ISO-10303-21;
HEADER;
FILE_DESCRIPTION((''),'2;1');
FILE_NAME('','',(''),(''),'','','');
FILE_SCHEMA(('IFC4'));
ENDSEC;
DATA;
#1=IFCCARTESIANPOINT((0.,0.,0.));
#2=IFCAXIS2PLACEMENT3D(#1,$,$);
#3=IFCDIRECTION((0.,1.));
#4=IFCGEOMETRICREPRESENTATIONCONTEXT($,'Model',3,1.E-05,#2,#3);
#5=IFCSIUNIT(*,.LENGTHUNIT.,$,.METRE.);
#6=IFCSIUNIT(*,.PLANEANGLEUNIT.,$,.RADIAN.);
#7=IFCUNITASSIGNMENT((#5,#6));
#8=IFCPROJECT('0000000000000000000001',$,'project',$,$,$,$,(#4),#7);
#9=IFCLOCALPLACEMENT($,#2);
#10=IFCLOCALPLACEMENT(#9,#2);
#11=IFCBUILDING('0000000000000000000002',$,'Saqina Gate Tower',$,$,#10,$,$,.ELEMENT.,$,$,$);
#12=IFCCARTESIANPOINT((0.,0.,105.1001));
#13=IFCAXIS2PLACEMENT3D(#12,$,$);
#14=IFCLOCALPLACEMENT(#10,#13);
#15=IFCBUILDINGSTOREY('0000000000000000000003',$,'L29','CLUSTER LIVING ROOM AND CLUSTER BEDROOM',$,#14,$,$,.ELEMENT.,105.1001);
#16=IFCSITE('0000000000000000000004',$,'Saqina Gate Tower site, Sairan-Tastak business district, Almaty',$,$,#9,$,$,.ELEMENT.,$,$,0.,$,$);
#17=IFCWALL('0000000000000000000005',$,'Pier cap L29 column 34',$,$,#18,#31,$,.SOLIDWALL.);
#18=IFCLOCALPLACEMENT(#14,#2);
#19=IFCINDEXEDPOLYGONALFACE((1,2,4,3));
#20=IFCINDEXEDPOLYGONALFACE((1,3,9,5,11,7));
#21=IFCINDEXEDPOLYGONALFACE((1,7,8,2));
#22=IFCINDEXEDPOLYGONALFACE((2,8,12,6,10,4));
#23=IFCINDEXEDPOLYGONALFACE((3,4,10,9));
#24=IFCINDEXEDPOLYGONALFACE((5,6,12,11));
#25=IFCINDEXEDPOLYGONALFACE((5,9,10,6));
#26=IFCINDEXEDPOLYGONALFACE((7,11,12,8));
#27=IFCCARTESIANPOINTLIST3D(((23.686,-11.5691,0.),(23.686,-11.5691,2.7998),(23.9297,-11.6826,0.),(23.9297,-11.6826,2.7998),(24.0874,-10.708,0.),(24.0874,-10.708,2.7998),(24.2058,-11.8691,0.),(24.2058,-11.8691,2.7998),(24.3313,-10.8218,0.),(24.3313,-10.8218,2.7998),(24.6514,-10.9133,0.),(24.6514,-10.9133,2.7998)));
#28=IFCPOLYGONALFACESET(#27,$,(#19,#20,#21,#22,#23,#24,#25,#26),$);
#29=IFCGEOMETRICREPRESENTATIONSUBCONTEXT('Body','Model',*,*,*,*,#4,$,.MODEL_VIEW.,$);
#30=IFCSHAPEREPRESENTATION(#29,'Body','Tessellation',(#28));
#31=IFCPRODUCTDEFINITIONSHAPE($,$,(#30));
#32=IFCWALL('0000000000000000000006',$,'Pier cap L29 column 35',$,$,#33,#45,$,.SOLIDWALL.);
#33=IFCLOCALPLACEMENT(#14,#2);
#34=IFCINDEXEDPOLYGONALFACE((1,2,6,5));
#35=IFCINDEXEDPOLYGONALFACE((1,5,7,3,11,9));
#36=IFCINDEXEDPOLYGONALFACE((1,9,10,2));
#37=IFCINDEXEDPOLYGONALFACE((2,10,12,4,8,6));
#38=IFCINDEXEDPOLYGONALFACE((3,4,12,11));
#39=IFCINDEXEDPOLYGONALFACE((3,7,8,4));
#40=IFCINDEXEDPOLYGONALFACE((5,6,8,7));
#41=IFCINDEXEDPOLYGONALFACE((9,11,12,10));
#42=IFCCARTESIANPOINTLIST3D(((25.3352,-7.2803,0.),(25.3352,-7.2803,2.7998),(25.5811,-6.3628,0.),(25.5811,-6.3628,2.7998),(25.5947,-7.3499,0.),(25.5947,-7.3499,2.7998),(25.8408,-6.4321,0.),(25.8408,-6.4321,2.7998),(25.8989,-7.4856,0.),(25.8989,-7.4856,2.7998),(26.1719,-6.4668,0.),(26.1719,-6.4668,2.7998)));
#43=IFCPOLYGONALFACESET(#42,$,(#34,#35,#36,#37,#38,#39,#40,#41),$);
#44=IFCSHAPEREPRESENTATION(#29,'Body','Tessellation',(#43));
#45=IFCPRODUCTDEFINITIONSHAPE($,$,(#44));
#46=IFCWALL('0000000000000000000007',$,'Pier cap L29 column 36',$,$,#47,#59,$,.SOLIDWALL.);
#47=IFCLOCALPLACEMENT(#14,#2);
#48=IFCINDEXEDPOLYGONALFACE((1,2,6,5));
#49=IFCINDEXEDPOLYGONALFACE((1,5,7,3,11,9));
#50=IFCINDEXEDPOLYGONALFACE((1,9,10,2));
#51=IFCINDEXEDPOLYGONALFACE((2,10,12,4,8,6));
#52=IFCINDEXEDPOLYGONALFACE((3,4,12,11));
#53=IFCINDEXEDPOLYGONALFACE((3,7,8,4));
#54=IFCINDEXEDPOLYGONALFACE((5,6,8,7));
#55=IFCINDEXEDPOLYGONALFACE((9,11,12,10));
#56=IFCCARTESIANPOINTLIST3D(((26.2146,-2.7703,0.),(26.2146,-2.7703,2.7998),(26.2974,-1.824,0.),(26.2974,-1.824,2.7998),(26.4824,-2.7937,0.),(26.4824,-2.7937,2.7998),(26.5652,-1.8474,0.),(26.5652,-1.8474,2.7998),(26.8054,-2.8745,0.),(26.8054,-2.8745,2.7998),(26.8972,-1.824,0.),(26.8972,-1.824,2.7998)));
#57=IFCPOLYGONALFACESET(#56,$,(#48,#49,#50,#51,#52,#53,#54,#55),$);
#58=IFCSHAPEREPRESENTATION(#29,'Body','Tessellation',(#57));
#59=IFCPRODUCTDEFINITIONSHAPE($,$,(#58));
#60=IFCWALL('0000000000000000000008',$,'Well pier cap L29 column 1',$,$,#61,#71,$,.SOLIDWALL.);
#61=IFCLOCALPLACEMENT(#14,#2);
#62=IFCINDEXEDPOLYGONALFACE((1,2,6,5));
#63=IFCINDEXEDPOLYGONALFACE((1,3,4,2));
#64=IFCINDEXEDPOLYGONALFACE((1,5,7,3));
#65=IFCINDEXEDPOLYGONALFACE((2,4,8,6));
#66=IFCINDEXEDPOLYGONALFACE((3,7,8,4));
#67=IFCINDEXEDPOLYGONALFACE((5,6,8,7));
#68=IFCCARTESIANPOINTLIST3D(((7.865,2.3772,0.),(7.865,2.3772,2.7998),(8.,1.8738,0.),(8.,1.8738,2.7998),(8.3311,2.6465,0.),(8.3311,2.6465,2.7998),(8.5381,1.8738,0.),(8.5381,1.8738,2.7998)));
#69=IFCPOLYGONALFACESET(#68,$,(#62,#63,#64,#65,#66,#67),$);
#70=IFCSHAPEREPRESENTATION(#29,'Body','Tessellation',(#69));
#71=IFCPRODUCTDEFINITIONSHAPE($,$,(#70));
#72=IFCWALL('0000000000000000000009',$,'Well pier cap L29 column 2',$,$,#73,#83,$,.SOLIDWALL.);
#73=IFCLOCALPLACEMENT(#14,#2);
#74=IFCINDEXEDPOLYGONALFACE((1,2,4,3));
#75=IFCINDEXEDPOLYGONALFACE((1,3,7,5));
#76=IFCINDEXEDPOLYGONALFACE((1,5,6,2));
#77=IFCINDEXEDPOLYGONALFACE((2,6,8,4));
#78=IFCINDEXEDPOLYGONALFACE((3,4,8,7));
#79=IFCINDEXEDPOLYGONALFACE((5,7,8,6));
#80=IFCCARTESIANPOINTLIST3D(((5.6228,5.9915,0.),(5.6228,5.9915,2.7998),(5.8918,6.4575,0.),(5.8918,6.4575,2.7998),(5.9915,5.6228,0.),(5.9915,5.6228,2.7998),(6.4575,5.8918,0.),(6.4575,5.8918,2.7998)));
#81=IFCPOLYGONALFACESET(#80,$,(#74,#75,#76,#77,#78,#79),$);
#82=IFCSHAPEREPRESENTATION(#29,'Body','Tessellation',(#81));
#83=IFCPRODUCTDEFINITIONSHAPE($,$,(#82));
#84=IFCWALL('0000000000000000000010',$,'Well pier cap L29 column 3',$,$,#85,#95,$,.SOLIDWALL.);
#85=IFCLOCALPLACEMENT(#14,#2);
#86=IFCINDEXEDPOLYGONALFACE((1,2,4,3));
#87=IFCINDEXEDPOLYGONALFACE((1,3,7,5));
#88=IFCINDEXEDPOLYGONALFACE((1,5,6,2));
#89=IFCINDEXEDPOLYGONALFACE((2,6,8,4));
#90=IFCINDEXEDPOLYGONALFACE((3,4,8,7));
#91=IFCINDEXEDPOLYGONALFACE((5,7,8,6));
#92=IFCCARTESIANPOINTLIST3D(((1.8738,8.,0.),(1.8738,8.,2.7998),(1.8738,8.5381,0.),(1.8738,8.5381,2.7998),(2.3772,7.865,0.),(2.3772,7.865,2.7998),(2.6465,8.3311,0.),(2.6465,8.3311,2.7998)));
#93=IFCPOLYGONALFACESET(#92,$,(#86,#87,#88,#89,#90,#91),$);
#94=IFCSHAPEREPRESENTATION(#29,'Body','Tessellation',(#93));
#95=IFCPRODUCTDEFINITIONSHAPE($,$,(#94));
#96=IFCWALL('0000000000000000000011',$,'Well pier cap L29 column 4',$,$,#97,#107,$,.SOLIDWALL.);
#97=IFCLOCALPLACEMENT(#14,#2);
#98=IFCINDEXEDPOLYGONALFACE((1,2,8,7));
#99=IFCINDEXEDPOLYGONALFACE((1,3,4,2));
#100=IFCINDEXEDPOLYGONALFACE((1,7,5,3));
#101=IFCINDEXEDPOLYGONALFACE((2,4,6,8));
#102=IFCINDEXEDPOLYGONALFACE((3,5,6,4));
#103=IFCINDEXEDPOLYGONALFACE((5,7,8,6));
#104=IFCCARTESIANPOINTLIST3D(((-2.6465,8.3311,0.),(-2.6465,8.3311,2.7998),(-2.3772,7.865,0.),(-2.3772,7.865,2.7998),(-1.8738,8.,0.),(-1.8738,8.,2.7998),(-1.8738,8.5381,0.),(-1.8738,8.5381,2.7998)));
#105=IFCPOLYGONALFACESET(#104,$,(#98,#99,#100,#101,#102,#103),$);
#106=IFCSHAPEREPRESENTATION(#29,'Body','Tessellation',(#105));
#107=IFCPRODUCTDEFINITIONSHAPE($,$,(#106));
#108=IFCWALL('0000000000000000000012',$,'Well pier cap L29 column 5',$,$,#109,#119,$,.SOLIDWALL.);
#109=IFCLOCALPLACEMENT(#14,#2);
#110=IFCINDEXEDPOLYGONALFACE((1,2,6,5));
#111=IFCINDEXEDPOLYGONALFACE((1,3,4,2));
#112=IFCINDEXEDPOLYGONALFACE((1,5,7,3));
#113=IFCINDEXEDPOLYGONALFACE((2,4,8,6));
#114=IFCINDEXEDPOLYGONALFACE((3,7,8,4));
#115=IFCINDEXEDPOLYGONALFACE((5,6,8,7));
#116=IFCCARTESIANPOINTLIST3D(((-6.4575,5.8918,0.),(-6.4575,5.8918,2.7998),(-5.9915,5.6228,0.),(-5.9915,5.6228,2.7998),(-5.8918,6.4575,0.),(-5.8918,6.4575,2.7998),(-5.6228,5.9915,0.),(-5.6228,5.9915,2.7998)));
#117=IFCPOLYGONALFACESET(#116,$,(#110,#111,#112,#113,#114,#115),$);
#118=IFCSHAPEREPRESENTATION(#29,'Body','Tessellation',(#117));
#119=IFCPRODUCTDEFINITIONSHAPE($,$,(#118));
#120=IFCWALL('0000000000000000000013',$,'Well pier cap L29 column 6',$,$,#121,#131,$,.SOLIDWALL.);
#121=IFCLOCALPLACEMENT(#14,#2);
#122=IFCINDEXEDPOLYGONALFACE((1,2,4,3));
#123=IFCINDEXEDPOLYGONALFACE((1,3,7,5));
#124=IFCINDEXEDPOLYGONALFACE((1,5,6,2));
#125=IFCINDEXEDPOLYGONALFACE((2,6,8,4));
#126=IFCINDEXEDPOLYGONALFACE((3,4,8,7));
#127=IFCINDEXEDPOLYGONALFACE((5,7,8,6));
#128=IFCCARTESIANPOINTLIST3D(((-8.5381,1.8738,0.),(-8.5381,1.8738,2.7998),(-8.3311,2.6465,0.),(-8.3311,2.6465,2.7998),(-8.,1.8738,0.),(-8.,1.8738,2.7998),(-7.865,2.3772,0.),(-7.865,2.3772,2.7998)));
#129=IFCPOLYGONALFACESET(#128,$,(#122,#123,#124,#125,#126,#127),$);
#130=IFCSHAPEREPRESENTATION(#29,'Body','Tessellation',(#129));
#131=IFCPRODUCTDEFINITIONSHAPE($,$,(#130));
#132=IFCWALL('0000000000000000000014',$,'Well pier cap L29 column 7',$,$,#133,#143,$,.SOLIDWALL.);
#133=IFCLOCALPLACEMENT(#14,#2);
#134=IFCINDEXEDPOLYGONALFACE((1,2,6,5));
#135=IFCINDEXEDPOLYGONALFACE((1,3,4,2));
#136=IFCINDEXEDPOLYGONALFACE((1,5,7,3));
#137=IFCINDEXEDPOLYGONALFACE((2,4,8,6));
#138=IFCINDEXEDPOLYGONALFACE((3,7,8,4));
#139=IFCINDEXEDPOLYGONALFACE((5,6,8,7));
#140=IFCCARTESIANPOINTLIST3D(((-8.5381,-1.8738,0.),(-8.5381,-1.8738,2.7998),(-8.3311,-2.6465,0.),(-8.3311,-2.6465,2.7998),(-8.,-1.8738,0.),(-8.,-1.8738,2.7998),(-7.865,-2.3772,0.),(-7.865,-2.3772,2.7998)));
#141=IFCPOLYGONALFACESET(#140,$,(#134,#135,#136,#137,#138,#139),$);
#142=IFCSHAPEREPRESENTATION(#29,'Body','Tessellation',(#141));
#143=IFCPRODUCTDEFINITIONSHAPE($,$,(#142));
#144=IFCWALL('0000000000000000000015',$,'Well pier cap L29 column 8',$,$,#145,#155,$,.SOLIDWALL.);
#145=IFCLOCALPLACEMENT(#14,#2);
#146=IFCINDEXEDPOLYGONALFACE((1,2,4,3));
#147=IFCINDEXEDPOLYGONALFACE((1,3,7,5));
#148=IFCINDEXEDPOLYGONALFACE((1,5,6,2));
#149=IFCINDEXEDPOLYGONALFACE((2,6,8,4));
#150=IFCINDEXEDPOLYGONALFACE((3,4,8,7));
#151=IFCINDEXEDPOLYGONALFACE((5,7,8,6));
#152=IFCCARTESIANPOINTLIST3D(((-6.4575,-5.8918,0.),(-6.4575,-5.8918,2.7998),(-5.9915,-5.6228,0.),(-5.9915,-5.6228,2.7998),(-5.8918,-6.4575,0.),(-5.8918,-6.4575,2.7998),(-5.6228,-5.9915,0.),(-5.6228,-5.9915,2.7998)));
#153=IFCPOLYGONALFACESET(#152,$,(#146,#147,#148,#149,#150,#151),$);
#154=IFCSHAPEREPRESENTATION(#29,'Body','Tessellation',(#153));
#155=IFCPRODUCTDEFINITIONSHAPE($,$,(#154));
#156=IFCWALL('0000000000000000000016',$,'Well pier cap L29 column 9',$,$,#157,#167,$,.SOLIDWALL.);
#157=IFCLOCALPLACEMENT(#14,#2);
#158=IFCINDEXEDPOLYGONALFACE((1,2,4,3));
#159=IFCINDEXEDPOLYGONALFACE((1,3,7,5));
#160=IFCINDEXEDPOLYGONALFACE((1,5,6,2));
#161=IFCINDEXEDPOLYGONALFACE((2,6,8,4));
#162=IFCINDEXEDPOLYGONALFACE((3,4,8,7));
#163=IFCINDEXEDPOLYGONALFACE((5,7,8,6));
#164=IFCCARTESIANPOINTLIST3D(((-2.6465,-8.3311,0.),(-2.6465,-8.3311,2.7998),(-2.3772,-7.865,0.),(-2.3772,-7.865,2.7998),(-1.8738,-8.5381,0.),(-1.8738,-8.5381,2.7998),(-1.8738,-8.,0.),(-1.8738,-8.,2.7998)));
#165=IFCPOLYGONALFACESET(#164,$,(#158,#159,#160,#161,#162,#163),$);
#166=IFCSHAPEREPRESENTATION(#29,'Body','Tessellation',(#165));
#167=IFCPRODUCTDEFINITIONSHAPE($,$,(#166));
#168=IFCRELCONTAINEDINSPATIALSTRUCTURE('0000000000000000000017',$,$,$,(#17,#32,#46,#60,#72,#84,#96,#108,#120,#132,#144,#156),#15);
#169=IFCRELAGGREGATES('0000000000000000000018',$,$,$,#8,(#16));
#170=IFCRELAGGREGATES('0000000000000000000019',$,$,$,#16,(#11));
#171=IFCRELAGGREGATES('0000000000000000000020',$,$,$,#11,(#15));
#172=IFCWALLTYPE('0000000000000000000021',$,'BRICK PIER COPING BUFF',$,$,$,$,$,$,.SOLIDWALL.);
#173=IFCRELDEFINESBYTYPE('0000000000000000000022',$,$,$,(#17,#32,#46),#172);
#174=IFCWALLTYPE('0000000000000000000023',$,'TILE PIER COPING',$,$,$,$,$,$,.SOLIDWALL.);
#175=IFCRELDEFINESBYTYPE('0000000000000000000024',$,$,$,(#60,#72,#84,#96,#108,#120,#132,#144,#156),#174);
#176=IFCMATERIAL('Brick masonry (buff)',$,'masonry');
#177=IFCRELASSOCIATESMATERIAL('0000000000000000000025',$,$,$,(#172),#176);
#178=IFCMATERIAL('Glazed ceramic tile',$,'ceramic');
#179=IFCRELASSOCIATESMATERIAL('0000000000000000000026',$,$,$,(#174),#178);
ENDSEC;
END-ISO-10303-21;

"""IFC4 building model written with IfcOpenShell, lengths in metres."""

from ifc_helpers import new_model, si_unit, direction, frame, origin, place, context, subcontext, project, spatial, polyline, outline, extrude, material, type_object, element, save


model = new_model("IFC4")

# Units and contexts
model_context = context("Model", 3, precision=1e-05, world=origin(), true_north=direction((0.0, 1.0)))
body_context = subcontext(model_context, "Body", "Model", "MODEL_VIEW")
ifc_project = project(units=[si_unit("LENGTHUNIT", "METRE"), si_unit("PLANEANGLEUNIT", "RADIAN")], contexts=[model_context])

# Site, building, storey
site_placement = place(None, origin())
site = spatial("IfcSite", under=ifc_project, at=site_placement, Name="Saqina Gate Tower site, Sairan-Tastak business district, Almaty", CompositionType="ELEMENT", RefElevation=0.0)
building_placement = place(site_placement, origin())
building = spatial("IfcBuilding", under=site, at=building_placement, Name="Saqina Gate Tower", CompositionType="ELEMENT")
storey_placement = place(building_placement, frame((0.0, 0.0, 105.1001)))
storey = spatial("IfcBuildingStorey", under=building, at=storey_placement, Name="L29", Description="CLUSTER LIVING ROOM AND CLUSTER BEDROOM", CompositionType="ELEMENT", Elevation=105.1001)

# Walls
ifc_material_1 = material(Name="Brick masonry (buff)", Category="masonry")
wall_type_1 = type_object("IfcWallType", Name="BRICK PIER COPING BUFF", PredefinedType="SOLIDWALL", material=ifc_material_1)
wall_1_placement = place(storey_placement, origin())
element("IfcWall", 1, at=wall_1_placement, inside=storey, type_object=wall_type_1, Name="Pier cap L29 column 34", PredefinedType="SOLIDWALL", context=body_context, shape_type="SweptSolid", body=[
    extrude(outline(polyline([(24.6514, -10.9133), (24.0874, -10.708), (24.3313, -10.8218), (23.9297, -11.6826), (23.686, -11.5691), (24.2058, -11.8691), (24.6514, -10.9133)])), origin(), (0.0, 0.0, 1.0), 2.7998),
])
wall_2_placement = place(storey_placement, origin())
element("IfcWall", 2, at=wall_2_placement, inside=storey, type_object=wall_type_1, Name="Pier cap L29 column 35", PredefinedType="SOLIDWALL", context=body_context, shape_type="SweptSolid", body=[
    extrude(outline(polyline([(25.8989, -7.4856), (26.1719, -6.4668), (25.5811, -6.3628), (25.8408, -6.4321), (25.5947, -7.3499), (25.3352, -7.2803), (25.8989, -7.4856)])), origin(), (0.0, 0.0, 1.0), 2.7998),
])
wall_3_placement = place(storey_placement, origin())
element("IfcWall", 3, at=wall_3_placement, inside=storey, type_object=wall_type_1, Name="Pier cap L29 column 36", PredefinedType="SOLIDWALL", context=body_context, shape_type="SweptSolid", body=[
    extrude(outline(polyline([(26.8054, -2.8745), (26.8972, -1.824), (26.2974, -1.824), (26.5652, -1.8474), (26.4824, -2.7937), (26.2146, -2.7703), (26.8054, -2.8745)])), origin(), (0.0, 0.0, 1.0), 2.7998),
])
ifc_material_2 = material(Name="Glazed ceramic tile", Category="ceramic")
wall_type_2 = type_object("IfcWallType", Name="TILE PIER COPING", PredefinedType="SOLIDWALL", material=ifc_material_2)
wall_4_placement = place(storey_placement, origin())
element("IfcWall", 4, at=wall_4_placement, inside=storey, type_object=wall_type_2, Name="Well pier cap L29 column 1", PredefinedType="SOLIDWALL", context=body_context, shape_type="SweptSolid", body=[
    extrude(outline(polyline([(8.3311, 2.6465), (7.865, 2.3772), (8.0, 1.8738), (8.5381, 1.8738), (8.3311, 2.6465)])), origin(), (0.0, 0.0, 1.0), 2.7998),
])
wall_5_placement = place(storey_placement, origin())
element("IfcWall", 5, at=wall_5_placement, inside=storey, type_object=wall_type_2, Name="Well pier cap L29 column 2", PredefinedType="SOLIDWALL", context=body_context, shape_type="SweptSolid", body=[
    extrude(outline(polyline([(5.8918, 6.4575), (5.6228, 5.9915), (5.9915, 5.6228), (6.4575, 5.8918), (5.8918, 6.4575)])), origin(), (0.0, 0.0, 1.0), 2.7998),
])
wall_6_placement = place(storey_placement, origin())
element("IfcWall", 6, at=wall_6_placement, inside=storey, type_object=wall_type_2, Name="Well pier cap L29 column 3", PredefinedType="SOLIDWALL", context=body_context, shape_type="SweptSolid", body=[
    extrude(outline(polyline([(1.8738, 8.5381), (1.8738, 8.0), (2.3772, 7.865), (2.6465, 8.3311), (1.8738, 8.5381)])), origin(), (0.0, 0.0, 1.0), 2.7998),
])
wall_7_placement = place(storey_placement, origin())
element("IfcWall", 7, at=wall_7_placement, inside=storey, type_object=wall_type_2, Name="Well pier cap L29 column 4", PredefinedType="SOLIDWALL", context=body_context, shape_type="SweptSolid", body=[
    extrude(outline(polyline([(-2.6465, 8.3311), (-2.3772, 7.865), (-1.8738, 8.0), (-1.8738, 8.5381), (-2.6465, 8.3311)])), origin(), (0.0, 0.0, 1.0), 2.7998),
])
wall_8_placement = place(storey_placement, origin())
element("IfcWall", 8, at=wall_8_placement, inside=storey, type_object=wall_type_2, Name="Well pier cap L29 column 5", PredefinedType="SOLIDWALL", context=body_context, shape_type="SweptSolid", body=[
    extrude(outline(polyline([(-6.4575, 5.8918), (-5.9915, 5.6228), (-5.6228, 5.9915), (-5.8918, 6.4575), (-6.4575, 5.8918)])), origin(), (0.0, 0.0, 1.0), 2.7998),
])
wall_9_placement = place(storey_placement, origin())
element("IfcWall", 9, at=wall_9_placement, inside=storey, type_object=wall_type_2, Name="Well pier cap L29 column 6", PredefinedType="SOLIDWALL", context=body_context, shape_type="SweptSolid", body=[
    extrude(outline(polyline([(-8.5381, 1.8738), (-8.0, 1.8738), (-7.865, 2.3772), (-8.3311, 2.6465), (-8.5381, 1.8738)])), origin(), (0.0, 0.0, 1.0), 2.7998),
])
wall_10_placement = place(storey_placement, origin())
element("IfcWall", 10, at=wall_10_placement, inside=storey, type_object=wall_type_2, Name="Well pier cap L29 column 7", PredefinedType="SOLIDWALL", context=body_context, shape_type="SweptSolid", body=[
    extrude(outline(polyline([(-8.3311, -2.6465), (-7.865, -2.3772), (-8.0, -1.8738), (-8.5381, -1.8738), (-8.3311, -2.6465)])), origin(), (0.0, 0.0, 1.0), 2.7998),
])
wall_11_placement = place(storey_placement, origin())
element("IfcWall", 11, at=wall_11_placement, inside=storey, type_object=wall_type_2, Name="Well pier cap L29 column 8", PredefinedType="SOLIDWALL", context=body_context, shape_type="SweptSolid", body=[
    extrude(outline(polyline([(-6.4575, -5.8918), (-5.8918, -6.4575), (-5.6228, -5.9915), (-5.9915, -5.6228), (-6.4575, -5.8918)])), origin(), (0.0, 0.0, 1.0), 2.7998),
])
wall_12_placement = place(storey_placement, origin())
element("IfcWall", 12, at=wall_12_placement, inside=storey, type_object=wall_type_2, Name="Well pier cap L29 column 9", PredefinedType="SOLIDWALL", context=body_context, shape_type="SweptSolid", body=[
    extrude(outline(polyline([(-1.8738, -8.5381), (-1.8738, -8.0), (-2.3772, -7.865), (-2.6465, -8.3311), (-1.8738, -8.5381)])), origin(), (0.0, 0.0, 1.0), 2.7998),
])

save(model, "model.ifc")
